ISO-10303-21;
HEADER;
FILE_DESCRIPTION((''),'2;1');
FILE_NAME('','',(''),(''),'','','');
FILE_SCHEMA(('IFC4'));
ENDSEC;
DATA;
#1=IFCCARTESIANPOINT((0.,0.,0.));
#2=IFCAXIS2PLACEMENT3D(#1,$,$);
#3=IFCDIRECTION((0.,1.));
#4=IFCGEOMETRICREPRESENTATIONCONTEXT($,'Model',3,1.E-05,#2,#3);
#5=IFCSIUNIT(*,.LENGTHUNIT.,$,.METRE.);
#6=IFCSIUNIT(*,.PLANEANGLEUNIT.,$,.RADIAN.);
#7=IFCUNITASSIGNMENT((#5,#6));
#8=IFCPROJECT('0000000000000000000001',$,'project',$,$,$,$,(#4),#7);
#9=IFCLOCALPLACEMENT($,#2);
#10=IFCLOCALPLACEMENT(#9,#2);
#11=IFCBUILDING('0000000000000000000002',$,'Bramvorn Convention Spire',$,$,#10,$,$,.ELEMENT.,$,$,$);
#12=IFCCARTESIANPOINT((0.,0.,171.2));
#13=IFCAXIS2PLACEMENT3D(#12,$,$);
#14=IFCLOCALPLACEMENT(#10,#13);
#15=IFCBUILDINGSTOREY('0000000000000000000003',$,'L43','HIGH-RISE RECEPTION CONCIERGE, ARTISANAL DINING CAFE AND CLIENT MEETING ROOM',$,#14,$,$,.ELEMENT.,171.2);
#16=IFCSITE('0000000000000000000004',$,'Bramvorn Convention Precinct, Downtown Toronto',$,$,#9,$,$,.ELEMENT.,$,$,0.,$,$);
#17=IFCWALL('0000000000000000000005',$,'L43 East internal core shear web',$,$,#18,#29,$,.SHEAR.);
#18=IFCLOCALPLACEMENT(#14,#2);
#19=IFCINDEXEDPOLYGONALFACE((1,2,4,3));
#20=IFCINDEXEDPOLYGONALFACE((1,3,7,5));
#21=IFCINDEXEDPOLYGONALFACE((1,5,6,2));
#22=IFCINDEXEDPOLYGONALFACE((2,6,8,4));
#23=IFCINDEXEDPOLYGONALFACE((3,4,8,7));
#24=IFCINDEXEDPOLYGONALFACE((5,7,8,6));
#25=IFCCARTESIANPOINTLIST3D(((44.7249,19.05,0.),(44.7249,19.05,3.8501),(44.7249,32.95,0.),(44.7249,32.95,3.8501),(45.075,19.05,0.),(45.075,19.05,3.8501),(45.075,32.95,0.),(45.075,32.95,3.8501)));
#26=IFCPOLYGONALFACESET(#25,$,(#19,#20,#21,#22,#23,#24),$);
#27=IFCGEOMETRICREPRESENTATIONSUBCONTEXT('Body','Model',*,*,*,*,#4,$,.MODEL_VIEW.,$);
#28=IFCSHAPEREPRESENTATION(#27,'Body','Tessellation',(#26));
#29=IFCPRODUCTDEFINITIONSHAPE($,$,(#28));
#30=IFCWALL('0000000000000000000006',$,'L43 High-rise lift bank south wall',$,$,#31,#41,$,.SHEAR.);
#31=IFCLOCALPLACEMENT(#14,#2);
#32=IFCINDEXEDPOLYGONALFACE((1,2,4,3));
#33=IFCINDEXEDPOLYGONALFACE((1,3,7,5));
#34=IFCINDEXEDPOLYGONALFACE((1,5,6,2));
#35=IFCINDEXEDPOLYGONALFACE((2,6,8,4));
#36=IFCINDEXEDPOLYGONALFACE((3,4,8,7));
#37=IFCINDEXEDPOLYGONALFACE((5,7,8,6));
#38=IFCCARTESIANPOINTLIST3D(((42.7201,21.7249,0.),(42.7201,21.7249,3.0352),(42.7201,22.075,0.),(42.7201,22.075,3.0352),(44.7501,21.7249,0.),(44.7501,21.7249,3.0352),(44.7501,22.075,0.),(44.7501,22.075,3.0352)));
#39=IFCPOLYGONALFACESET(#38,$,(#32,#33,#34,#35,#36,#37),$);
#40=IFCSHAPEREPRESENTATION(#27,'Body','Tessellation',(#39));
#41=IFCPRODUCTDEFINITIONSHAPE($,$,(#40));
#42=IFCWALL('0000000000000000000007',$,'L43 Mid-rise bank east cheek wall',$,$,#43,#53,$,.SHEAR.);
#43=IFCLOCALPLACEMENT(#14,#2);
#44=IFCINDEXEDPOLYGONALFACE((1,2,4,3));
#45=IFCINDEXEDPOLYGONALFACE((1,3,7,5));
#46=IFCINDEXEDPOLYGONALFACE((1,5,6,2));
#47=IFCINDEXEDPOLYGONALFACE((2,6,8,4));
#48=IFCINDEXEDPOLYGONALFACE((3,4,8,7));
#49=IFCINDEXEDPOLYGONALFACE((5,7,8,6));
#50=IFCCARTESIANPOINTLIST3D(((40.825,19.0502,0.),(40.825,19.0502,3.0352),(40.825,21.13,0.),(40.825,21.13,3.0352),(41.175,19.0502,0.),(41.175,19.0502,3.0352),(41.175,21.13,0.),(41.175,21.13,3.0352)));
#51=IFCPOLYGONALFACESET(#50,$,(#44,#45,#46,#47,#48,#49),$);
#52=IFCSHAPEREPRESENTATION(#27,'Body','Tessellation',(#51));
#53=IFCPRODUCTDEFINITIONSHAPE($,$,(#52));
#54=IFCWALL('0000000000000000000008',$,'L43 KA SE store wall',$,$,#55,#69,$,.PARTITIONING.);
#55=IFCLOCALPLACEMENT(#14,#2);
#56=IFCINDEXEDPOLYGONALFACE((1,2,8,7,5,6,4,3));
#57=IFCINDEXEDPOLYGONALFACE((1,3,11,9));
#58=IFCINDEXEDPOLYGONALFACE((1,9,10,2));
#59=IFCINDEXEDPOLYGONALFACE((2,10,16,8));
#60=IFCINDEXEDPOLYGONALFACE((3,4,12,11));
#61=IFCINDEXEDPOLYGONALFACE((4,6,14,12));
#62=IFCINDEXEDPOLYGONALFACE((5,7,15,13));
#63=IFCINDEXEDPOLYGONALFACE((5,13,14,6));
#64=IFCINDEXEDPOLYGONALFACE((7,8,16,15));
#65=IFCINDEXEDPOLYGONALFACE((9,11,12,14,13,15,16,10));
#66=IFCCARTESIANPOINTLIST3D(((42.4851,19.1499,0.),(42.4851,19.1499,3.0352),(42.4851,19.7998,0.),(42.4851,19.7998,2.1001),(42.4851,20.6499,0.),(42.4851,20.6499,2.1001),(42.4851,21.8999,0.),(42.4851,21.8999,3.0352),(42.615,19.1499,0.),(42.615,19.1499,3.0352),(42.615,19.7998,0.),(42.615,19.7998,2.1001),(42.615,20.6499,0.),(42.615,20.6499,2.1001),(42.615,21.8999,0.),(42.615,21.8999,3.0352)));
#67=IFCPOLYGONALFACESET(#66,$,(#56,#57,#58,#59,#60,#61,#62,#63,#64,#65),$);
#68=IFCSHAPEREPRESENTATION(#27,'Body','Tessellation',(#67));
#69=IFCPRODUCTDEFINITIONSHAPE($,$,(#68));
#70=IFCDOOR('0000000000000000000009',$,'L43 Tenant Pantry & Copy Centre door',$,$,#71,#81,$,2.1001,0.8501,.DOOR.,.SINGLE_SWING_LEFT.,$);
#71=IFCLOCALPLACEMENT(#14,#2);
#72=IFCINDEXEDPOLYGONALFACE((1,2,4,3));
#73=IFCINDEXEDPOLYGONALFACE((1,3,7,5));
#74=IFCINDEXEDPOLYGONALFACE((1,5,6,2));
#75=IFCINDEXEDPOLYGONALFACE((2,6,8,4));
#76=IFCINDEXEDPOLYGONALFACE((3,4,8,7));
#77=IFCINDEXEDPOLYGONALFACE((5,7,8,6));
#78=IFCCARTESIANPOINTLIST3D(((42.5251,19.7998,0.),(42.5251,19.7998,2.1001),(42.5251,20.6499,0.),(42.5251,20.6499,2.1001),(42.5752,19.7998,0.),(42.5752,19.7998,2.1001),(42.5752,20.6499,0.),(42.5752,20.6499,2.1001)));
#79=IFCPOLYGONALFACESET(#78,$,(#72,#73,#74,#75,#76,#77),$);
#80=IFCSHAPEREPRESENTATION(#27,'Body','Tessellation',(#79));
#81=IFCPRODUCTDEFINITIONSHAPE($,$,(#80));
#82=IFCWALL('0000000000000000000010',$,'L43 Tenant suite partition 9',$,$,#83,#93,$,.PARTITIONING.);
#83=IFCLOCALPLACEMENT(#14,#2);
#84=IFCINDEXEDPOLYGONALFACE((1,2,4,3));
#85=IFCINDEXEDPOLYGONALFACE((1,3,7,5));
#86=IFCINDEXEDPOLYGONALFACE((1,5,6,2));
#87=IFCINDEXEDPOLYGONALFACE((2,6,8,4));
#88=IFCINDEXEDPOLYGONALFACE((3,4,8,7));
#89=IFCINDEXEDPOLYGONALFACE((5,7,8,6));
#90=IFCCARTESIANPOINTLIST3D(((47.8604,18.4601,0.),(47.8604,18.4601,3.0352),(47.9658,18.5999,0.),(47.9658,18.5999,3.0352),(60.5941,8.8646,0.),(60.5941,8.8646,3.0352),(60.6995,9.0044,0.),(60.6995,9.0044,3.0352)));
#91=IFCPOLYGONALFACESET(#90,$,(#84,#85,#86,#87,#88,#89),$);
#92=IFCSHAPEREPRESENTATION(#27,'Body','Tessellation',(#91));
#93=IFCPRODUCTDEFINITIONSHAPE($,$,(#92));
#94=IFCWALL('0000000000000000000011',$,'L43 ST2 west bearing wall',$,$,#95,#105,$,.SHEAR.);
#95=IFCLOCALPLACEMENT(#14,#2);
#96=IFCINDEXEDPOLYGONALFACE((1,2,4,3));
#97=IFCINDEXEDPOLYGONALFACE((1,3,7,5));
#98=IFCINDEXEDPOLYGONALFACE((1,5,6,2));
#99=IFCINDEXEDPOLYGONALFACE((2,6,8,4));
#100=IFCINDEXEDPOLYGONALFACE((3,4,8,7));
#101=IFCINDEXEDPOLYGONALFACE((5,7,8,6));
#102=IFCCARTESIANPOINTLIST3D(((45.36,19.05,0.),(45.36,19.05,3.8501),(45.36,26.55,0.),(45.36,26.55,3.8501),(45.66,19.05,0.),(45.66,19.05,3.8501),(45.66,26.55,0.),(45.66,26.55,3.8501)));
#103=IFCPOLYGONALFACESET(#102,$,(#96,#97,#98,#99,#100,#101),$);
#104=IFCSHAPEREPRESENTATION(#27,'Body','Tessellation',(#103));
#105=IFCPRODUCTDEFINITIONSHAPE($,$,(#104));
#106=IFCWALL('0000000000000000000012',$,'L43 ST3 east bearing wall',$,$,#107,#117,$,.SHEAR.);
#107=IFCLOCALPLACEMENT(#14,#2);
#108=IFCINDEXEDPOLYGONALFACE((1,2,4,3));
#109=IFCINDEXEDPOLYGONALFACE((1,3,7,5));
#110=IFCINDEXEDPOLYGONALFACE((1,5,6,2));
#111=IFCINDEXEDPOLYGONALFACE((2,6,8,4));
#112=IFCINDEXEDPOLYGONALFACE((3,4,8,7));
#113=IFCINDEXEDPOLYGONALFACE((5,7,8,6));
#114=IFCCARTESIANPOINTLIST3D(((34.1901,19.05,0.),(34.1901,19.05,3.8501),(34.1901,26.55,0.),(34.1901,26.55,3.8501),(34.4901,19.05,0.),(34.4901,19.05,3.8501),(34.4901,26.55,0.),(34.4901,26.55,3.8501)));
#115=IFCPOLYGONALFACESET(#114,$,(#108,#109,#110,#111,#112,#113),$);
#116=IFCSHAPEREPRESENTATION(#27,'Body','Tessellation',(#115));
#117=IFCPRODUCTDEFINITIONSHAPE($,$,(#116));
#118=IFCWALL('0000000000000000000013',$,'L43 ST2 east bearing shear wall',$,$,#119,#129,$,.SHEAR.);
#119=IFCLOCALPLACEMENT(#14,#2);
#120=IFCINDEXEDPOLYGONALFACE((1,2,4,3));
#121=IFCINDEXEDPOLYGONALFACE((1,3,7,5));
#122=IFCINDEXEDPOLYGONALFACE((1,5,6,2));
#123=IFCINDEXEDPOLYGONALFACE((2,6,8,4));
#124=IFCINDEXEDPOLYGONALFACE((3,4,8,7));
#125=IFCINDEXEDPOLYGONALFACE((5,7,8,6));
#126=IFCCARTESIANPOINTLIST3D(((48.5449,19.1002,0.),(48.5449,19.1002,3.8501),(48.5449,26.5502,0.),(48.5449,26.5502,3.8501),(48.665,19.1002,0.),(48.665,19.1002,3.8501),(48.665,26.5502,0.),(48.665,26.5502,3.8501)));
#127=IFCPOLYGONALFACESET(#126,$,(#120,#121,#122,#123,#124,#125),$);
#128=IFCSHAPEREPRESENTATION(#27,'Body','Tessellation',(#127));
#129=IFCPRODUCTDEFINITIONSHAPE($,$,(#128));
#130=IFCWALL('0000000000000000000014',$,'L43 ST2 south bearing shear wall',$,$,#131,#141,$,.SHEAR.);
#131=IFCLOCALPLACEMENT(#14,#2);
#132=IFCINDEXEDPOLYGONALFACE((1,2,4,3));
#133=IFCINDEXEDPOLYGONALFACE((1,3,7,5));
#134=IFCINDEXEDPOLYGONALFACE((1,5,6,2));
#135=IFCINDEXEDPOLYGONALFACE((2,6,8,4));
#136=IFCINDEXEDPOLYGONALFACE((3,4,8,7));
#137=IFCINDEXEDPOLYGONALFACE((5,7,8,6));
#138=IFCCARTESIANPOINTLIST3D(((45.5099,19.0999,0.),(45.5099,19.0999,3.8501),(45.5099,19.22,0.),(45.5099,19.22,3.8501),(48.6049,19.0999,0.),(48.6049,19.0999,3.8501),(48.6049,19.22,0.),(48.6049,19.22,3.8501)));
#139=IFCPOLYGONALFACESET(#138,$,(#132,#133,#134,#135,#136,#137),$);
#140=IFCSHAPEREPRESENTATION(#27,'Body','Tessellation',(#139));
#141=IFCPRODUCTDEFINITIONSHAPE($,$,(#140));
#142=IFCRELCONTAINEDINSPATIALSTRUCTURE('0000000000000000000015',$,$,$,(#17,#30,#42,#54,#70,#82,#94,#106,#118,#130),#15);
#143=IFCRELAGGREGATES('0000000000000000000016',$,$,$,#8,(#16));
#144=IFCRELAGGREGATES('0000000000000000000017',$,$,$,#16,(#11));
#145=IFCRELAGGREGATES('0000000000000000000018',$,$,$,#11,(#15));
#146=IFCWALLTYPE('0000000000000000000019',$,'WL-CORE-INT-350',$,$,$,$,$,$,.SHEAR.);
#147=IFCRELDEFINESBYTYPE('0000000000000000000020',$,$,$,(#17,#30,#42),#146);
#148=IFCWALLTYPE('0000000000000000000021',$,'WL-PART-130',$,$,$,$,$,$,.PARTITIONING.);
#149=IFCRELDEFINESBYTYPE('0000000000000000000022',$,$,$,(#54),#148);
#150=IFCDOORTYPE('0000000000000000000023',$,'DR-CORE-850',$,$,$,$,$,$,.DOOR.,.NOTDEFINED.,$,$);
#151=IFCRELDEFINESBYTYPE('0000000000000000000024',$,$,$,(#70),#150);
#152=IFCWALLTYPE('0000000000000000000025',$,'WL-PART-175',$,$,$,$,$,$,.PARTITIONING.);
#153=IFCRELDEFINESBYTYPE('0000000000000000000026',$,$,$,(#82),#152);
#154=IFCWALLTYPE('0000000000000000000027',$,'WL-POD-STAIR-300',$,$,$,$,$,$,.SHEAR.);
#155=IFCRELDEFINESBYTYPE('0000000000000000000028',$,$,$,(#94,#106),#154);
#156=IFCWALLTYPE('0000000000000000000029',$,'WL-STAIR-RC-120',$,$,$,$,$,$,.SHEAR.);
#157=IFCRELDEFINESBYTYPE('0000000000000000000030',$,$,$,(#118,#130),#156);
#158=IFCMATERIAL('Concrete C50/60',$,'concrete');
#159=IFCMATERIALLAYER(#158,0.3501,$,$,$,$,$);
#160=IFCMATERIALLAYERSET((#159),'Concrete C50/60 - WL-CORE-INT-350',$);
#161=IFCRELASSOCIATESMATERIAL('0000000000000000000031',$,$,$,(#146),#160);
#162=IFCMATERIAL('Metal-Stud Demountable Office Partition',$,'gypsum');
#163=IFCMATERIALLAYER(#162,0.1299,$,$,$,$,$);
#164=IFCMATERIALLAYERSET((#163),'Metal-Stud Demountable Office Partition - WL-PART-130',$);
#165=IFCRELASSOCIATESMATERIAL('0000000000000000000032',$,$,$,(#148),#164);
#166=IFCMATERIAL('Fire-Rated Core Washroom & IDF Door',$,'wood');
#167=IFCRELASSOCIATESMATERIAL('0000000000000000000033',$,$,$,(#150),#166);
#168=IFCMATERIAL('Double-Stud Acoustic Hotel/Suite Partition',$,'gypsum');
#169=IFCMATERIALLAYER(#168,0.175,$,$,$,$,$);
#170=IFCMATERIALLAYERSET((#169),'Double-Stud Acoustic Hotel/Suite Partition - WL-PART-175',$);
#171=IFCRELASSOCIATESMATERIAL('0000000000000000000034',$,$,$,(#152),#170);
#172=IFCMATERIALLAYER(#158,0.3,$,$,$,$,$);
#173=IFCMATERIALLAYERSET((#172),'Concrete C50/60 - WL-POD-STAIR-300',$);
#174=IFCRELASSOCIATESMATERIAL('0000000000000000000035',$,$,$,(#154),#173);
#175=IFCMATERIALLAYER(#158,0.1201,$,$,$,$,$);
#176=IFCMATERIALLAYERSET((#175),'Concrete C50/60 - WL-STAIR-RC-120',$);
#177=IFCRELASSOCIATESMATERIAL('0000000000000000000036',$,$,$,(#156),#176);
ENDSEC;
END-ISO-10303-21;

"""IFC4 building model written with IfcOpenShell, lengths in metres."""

from ifc_helpers import new_model, si_unit, direction, frame, frame_2d, origin, place, context, subcontext, project, spatial, rectangle, extrude, material, layer, layer_set, type_object, element, fill, save


model = new_model("IFC4")

# Units and contexts
model_context = context("Model", 3, precision=1e-05, world=origin(), true_north=direction((0.0, 1.0)))
body_context = subcontext(model_context, "Body", "Model", "MODEL_VIEW")
ifc_project = project(units=[si_unit("LENGTHUNIT", "METRE"), si_unit("PLANEANGLEUNIT", "RADIAN")], contexts=[model_context])

# Site, building, storey
site_placement = place(None, origin())
site = spatial("IfcSite", under=ifc_project, at=site_placement, Name="Bramvorn Convention Precinct, Downtown Toronto", CompositionType="ELEMENT", RefElevation=0.0)
building_placement = place(site_placement, origin())
building = spatial("IfcBuilding", under=site, at=building_placement, Name="Bramvorn Convention Spire", CompositionType="ELEMENT")
storey_placement = place(building_placement, frame((0.0, 0.0, 171.2)))
storey = spatial("IfcBuildingStorey", under=building, at=storey_placement, Name="L43", Description="HIGH-RISE RECEPTION CONCIERGE, ARTISANAL DINING CAFE AND CLIENT MEETING ROOM", CompositionType="ELEMENT", Elevation=171.2)

# Shared definitions
ifc_material_1 = material(Name="Concrete C50/60", Category="concrete")

# Wall
ifc_layer_1 = layer(ifc_material_1, 0.3501)
ifc_layer_set_1 = layer_set([ifc_layer_1], Name="Concrete C50/60 - WL-CORE-INT-350")
wall_type_1 = type_object("IfcWallType", Name="WL-CORE-INT-350", PredefinedType="SHEAR", material=ifc_layer_set_1)
wall_1_placement = place(storey_placement, frame((44.8999, 19.05, 0.0), z_axis=(0.0, 0.0, 1.0), x_axis=(0.0, 1.0, 0.0)))
element("IfcWall", 1, at=wall_1_placement, inside=storey, type_object=wall_type_1, Name="L43 East internal core shear web", PredefinedType="SHEAR", context=body_context, shape_type="SweptSolid", body=[
    extrude(rectangle(XDim=13.8999, YDim=0.3501, at=frame_2d((6.95, 0.0))), origin(), (0.0, 0.0, 1.0), 3.8501),
])

# Wall
wall_2_placement = place(storey_placement, frame((42.72, 21.8999, 0.0), z_axis=(0.0, 0.0, 1.0), x_axis=(1.0, 0.0, 0.0)))
element("IfcWall", 2, at=wall_2_placement, inside=storey, type_object=wall_type_1, Name="L43 High-rise lift bank south wall", PredefinedType="SHEAR", context=body_context, shape_type="SweptSolid", body=[
    extrude(rectangle(XDim=2.03, YDim=0.3501, at=frame_2d((1.0151, 0.0))), origin(), (0.0, 0.0, 1.0), 3.0352),
])

# Wall
wall_3_placement = place(storey_placement, frame((41.0, 19.05, 0.0), z_axis=(0.0, 0.0, 1.0), x_axis=(0.0, 1.0, 0.0)))
element("IfcWall", 3, at=wall_3_placement, inside=storey, type_object=wall_type_1, Name="L43 Mid-rise bank east cheek wall", PredefinedType="SHEAR", context=body_context, shape_type="SweptSolid", body=[
    extrude(rectangle(XDim=2.0798, YDim=0.3501, at=frame_2d((1.04, 0.0))), origin(), (0.0, 0.0, 1.0), 3.0352),
])

# Wall, opening, door
ifc_material_2 = material(Name="Metal-Stud Demountable Office Partition", Category="gypsum")
ifc_layer_2 = layer(ifc_material_2, 0.1299)
ifc_layer_set_2 = layer_set([ifc_layer_2], Name="Metal-Stud Demountable Office Partition - WL-PART-130")
wall_type_2 = type_object("IfcWallType", Name="WL-PART-130", PredefinedType="PARTITIONING", material=ifc_layer_set_2)
wall_4_placement = place(storey_placement, frame((42.55, 19.1499, 0.0), z_axis=(0.0, 0.0, 1.0), x_axis=(0.0, 1.0, 0.0)))
wall_4 = element("IfcWall", 4, at=wall_4_placement, inside=storey, type_object=wall_type_2, Name="L43 KA SE store wall", PredefinedType="PARTITIONING", context=body_context, shape_type="SweptSolid", body=[
    extrude(rectangle(XDim=2.75, YDim=0.1299, at=frame_2d((1.375, 0.0))), origin(), (0.0, 0.0, 1.0), 3.0352),
])
opening_1_placement = place(wall_4_placement, frame((0.6499, 0.0, 0.0)))
opening_1 = element("IfcOpeningElement", 5, at=opening_1_placement, cuts=wall_4, PredefinedType="OPENING", context=body_context, shape_type="SweptSolid", body=[
    extrude(rectangle(XDim=0.8501, YDim=2.1001, at=frame_2d((0.425, 1.05))), frame((0.0, 0.075, 0.0), z_axis=(0.0, -1.0, 0.0), x_axis=(1.0, 0.0, 0.0)), (0.0, 0.0, 1.0), 0.1499),
])
ifc_material_3 = material(Name="Fire-Rated Core Washroom & IDF Door", Category="wood")
door_type_1 = type_object("IfcDoorType", Name="DR-CORE-850", OperationType="NOTDEFINED", PredefinedType="DOOR", material=ifc_material_3)
door_1_placement = place(opening_1_placement, origin())
door_1 = element("IfcDoor", 6, at=door_1_placement, inside=storey, type_object=door_type_1, Name="L43 Tenant Pantry & Copy Centre door", OperationType="SINGLE_SWING_LEFT", OverallHeight=2.1001, OverallWidth=0.8501, PredefinedType="DOOR", context=body_context, shape_type="SweptSolid", body=[
    extrude(rectangle(XDim=0.8501, YDim=2.1001, at=frame_2d((0.425, 1.05))), frame((0.0, 0.0249, 0.0), z_axis=(0.0, -1.0, 0.0), x_axis=(1.0, 0.0, 0.0)), (0.0, 0.0, 1.0), 0.05),
])
fill(opening_1, door_1)

# Walls
ifc_material_4 = material(Name="Double-Stud Acoustic Hotel/Suite Partition", Category="gypsum")
ifc_layer_3 = layer(ifc_material_4, 0.175)
ifc_layer_set_3 = layer_set([ifc_layer_3], Name="Double-Stud Acoustic Hotel/Suite Partition - WL-PART-175")
wall_type_3 = type_object("IfcWallType", Name="WL-PART-175", PredefinedType="PARTITIONING", material=ifc_layer_set_3)
wall_5_placement = place(storey_placement, frame((47.9131, 18.53, 0.0), z_axis=(0.0, 0.0, 1.0), x_axis=(0.798636, -0.601814, 0.0)))
element("IfcWall", 7, at=wall_5_placement, inside=storey, type_object=wall_type_3, Name="L43 Tenant suite partition 9", PredefinedType="PARTITIONING", context=body_context, shape_type="SweptSolid", body=[
    extrude(rectangle(XDim=15.9443, YDim=0.175, at=frame_2d((7.9722, 0.0))), origin(), (0.0, 0.0, 1.0), 3.0352),
])
ifc_layer_4 = layer(ifc_material_1, 0.3)
ifc_layer_set_4 = layer_set([ifc_layer_4], Name="Concrete C50/60 - WL-POD-STAIR-300")
wall_type_4 = type_object("IfcWallType", Name="WL-POD-STAIR-300", PredefinedType="SHEAR", material=ifc_layer_set_4)
for number, where, z_axis, x_axis, name in (
    (8, (45.51, 19.05, 0.0), (0.0, 0.0, 1.0), (0.0, 1.0, 0.0), "L43 ST2 west bearing wall"),
    (9, (34.3401, 19.05, 0.0), (0.0, 0.0, 1.0), (0.0, 1.0, 0.0), "L43 ST3 east bearing wall"),
):
    element("IfcWall", number, at=place(storey_placement, frame(where, z_axis=z_axis, x_axis=x_axis)), inside=storey, type_object=wall_type_4, Name=name, PredefinedType="SHEAR", context=body_context, shape_type="SweptSolid", body=[
        extrude(rectangle(XDim=7.5, YDim=0.3, at=frame_2d((3.75, 0.0))), origin(), (0.0, 0.0, 1.0), 3.8501),
    ])
ifc_layer_5 = layer(ifc_material_1, 0.1201)
ifc_layer_set_5 = layer_set([ifc_layer_5], Name="Concrete C50/60 - WL-STAIR-RC-120")
wall_type_5 = type_object("IfcWallType", Name="WL-STAIR-RC-120", PredefinedType="SHEAR", material=ifc_layer_set_5)
wall_6_placement = place(storey_placement, frame((48.605, 19.1001, 0.0), z_axis=(0.0, 0.0, 1.0), x_axis=(0.0, 1.0, 0.0)))
element("IfcWall", 10, at=wall_6_placement, inside=storey, type_object=wall_type_5, Name="L43 ST2 east bearing shear wall", PredefinedType="SHEAR", context=body_context, shape_type="SweptSolid", body=[
    extrude(rectangle(XDim=7.45, YDim=0.1201, at=frame_2d((3.7251, 0.0))), origin(), (0.0, 0.0, 1.0), 3.8501),
])
wall_7_placement = place(storey_placement, frame((45.51, 19.1599, 0.0), z_axis=(0.0, 0.0, 1.0), x_axis=(1.0, 0.0, 0.0)))
element("IfcWall", 11, at=wall_7_placement, inside=storey, type_object=wall_type_5, Name="L43 ST2 south bearing shear wall", PredefinedType="SHEAR", context=body_context, shape_type="SweptSolid", body=[
    extrude(rectangle(XDim=3.095, YDim=0.1201, at=frame_2d((1.5474, 0.0))), origin(), (0.0, 0.0, 1.0), 3.8501),
])

save(model, "model.ifc")
